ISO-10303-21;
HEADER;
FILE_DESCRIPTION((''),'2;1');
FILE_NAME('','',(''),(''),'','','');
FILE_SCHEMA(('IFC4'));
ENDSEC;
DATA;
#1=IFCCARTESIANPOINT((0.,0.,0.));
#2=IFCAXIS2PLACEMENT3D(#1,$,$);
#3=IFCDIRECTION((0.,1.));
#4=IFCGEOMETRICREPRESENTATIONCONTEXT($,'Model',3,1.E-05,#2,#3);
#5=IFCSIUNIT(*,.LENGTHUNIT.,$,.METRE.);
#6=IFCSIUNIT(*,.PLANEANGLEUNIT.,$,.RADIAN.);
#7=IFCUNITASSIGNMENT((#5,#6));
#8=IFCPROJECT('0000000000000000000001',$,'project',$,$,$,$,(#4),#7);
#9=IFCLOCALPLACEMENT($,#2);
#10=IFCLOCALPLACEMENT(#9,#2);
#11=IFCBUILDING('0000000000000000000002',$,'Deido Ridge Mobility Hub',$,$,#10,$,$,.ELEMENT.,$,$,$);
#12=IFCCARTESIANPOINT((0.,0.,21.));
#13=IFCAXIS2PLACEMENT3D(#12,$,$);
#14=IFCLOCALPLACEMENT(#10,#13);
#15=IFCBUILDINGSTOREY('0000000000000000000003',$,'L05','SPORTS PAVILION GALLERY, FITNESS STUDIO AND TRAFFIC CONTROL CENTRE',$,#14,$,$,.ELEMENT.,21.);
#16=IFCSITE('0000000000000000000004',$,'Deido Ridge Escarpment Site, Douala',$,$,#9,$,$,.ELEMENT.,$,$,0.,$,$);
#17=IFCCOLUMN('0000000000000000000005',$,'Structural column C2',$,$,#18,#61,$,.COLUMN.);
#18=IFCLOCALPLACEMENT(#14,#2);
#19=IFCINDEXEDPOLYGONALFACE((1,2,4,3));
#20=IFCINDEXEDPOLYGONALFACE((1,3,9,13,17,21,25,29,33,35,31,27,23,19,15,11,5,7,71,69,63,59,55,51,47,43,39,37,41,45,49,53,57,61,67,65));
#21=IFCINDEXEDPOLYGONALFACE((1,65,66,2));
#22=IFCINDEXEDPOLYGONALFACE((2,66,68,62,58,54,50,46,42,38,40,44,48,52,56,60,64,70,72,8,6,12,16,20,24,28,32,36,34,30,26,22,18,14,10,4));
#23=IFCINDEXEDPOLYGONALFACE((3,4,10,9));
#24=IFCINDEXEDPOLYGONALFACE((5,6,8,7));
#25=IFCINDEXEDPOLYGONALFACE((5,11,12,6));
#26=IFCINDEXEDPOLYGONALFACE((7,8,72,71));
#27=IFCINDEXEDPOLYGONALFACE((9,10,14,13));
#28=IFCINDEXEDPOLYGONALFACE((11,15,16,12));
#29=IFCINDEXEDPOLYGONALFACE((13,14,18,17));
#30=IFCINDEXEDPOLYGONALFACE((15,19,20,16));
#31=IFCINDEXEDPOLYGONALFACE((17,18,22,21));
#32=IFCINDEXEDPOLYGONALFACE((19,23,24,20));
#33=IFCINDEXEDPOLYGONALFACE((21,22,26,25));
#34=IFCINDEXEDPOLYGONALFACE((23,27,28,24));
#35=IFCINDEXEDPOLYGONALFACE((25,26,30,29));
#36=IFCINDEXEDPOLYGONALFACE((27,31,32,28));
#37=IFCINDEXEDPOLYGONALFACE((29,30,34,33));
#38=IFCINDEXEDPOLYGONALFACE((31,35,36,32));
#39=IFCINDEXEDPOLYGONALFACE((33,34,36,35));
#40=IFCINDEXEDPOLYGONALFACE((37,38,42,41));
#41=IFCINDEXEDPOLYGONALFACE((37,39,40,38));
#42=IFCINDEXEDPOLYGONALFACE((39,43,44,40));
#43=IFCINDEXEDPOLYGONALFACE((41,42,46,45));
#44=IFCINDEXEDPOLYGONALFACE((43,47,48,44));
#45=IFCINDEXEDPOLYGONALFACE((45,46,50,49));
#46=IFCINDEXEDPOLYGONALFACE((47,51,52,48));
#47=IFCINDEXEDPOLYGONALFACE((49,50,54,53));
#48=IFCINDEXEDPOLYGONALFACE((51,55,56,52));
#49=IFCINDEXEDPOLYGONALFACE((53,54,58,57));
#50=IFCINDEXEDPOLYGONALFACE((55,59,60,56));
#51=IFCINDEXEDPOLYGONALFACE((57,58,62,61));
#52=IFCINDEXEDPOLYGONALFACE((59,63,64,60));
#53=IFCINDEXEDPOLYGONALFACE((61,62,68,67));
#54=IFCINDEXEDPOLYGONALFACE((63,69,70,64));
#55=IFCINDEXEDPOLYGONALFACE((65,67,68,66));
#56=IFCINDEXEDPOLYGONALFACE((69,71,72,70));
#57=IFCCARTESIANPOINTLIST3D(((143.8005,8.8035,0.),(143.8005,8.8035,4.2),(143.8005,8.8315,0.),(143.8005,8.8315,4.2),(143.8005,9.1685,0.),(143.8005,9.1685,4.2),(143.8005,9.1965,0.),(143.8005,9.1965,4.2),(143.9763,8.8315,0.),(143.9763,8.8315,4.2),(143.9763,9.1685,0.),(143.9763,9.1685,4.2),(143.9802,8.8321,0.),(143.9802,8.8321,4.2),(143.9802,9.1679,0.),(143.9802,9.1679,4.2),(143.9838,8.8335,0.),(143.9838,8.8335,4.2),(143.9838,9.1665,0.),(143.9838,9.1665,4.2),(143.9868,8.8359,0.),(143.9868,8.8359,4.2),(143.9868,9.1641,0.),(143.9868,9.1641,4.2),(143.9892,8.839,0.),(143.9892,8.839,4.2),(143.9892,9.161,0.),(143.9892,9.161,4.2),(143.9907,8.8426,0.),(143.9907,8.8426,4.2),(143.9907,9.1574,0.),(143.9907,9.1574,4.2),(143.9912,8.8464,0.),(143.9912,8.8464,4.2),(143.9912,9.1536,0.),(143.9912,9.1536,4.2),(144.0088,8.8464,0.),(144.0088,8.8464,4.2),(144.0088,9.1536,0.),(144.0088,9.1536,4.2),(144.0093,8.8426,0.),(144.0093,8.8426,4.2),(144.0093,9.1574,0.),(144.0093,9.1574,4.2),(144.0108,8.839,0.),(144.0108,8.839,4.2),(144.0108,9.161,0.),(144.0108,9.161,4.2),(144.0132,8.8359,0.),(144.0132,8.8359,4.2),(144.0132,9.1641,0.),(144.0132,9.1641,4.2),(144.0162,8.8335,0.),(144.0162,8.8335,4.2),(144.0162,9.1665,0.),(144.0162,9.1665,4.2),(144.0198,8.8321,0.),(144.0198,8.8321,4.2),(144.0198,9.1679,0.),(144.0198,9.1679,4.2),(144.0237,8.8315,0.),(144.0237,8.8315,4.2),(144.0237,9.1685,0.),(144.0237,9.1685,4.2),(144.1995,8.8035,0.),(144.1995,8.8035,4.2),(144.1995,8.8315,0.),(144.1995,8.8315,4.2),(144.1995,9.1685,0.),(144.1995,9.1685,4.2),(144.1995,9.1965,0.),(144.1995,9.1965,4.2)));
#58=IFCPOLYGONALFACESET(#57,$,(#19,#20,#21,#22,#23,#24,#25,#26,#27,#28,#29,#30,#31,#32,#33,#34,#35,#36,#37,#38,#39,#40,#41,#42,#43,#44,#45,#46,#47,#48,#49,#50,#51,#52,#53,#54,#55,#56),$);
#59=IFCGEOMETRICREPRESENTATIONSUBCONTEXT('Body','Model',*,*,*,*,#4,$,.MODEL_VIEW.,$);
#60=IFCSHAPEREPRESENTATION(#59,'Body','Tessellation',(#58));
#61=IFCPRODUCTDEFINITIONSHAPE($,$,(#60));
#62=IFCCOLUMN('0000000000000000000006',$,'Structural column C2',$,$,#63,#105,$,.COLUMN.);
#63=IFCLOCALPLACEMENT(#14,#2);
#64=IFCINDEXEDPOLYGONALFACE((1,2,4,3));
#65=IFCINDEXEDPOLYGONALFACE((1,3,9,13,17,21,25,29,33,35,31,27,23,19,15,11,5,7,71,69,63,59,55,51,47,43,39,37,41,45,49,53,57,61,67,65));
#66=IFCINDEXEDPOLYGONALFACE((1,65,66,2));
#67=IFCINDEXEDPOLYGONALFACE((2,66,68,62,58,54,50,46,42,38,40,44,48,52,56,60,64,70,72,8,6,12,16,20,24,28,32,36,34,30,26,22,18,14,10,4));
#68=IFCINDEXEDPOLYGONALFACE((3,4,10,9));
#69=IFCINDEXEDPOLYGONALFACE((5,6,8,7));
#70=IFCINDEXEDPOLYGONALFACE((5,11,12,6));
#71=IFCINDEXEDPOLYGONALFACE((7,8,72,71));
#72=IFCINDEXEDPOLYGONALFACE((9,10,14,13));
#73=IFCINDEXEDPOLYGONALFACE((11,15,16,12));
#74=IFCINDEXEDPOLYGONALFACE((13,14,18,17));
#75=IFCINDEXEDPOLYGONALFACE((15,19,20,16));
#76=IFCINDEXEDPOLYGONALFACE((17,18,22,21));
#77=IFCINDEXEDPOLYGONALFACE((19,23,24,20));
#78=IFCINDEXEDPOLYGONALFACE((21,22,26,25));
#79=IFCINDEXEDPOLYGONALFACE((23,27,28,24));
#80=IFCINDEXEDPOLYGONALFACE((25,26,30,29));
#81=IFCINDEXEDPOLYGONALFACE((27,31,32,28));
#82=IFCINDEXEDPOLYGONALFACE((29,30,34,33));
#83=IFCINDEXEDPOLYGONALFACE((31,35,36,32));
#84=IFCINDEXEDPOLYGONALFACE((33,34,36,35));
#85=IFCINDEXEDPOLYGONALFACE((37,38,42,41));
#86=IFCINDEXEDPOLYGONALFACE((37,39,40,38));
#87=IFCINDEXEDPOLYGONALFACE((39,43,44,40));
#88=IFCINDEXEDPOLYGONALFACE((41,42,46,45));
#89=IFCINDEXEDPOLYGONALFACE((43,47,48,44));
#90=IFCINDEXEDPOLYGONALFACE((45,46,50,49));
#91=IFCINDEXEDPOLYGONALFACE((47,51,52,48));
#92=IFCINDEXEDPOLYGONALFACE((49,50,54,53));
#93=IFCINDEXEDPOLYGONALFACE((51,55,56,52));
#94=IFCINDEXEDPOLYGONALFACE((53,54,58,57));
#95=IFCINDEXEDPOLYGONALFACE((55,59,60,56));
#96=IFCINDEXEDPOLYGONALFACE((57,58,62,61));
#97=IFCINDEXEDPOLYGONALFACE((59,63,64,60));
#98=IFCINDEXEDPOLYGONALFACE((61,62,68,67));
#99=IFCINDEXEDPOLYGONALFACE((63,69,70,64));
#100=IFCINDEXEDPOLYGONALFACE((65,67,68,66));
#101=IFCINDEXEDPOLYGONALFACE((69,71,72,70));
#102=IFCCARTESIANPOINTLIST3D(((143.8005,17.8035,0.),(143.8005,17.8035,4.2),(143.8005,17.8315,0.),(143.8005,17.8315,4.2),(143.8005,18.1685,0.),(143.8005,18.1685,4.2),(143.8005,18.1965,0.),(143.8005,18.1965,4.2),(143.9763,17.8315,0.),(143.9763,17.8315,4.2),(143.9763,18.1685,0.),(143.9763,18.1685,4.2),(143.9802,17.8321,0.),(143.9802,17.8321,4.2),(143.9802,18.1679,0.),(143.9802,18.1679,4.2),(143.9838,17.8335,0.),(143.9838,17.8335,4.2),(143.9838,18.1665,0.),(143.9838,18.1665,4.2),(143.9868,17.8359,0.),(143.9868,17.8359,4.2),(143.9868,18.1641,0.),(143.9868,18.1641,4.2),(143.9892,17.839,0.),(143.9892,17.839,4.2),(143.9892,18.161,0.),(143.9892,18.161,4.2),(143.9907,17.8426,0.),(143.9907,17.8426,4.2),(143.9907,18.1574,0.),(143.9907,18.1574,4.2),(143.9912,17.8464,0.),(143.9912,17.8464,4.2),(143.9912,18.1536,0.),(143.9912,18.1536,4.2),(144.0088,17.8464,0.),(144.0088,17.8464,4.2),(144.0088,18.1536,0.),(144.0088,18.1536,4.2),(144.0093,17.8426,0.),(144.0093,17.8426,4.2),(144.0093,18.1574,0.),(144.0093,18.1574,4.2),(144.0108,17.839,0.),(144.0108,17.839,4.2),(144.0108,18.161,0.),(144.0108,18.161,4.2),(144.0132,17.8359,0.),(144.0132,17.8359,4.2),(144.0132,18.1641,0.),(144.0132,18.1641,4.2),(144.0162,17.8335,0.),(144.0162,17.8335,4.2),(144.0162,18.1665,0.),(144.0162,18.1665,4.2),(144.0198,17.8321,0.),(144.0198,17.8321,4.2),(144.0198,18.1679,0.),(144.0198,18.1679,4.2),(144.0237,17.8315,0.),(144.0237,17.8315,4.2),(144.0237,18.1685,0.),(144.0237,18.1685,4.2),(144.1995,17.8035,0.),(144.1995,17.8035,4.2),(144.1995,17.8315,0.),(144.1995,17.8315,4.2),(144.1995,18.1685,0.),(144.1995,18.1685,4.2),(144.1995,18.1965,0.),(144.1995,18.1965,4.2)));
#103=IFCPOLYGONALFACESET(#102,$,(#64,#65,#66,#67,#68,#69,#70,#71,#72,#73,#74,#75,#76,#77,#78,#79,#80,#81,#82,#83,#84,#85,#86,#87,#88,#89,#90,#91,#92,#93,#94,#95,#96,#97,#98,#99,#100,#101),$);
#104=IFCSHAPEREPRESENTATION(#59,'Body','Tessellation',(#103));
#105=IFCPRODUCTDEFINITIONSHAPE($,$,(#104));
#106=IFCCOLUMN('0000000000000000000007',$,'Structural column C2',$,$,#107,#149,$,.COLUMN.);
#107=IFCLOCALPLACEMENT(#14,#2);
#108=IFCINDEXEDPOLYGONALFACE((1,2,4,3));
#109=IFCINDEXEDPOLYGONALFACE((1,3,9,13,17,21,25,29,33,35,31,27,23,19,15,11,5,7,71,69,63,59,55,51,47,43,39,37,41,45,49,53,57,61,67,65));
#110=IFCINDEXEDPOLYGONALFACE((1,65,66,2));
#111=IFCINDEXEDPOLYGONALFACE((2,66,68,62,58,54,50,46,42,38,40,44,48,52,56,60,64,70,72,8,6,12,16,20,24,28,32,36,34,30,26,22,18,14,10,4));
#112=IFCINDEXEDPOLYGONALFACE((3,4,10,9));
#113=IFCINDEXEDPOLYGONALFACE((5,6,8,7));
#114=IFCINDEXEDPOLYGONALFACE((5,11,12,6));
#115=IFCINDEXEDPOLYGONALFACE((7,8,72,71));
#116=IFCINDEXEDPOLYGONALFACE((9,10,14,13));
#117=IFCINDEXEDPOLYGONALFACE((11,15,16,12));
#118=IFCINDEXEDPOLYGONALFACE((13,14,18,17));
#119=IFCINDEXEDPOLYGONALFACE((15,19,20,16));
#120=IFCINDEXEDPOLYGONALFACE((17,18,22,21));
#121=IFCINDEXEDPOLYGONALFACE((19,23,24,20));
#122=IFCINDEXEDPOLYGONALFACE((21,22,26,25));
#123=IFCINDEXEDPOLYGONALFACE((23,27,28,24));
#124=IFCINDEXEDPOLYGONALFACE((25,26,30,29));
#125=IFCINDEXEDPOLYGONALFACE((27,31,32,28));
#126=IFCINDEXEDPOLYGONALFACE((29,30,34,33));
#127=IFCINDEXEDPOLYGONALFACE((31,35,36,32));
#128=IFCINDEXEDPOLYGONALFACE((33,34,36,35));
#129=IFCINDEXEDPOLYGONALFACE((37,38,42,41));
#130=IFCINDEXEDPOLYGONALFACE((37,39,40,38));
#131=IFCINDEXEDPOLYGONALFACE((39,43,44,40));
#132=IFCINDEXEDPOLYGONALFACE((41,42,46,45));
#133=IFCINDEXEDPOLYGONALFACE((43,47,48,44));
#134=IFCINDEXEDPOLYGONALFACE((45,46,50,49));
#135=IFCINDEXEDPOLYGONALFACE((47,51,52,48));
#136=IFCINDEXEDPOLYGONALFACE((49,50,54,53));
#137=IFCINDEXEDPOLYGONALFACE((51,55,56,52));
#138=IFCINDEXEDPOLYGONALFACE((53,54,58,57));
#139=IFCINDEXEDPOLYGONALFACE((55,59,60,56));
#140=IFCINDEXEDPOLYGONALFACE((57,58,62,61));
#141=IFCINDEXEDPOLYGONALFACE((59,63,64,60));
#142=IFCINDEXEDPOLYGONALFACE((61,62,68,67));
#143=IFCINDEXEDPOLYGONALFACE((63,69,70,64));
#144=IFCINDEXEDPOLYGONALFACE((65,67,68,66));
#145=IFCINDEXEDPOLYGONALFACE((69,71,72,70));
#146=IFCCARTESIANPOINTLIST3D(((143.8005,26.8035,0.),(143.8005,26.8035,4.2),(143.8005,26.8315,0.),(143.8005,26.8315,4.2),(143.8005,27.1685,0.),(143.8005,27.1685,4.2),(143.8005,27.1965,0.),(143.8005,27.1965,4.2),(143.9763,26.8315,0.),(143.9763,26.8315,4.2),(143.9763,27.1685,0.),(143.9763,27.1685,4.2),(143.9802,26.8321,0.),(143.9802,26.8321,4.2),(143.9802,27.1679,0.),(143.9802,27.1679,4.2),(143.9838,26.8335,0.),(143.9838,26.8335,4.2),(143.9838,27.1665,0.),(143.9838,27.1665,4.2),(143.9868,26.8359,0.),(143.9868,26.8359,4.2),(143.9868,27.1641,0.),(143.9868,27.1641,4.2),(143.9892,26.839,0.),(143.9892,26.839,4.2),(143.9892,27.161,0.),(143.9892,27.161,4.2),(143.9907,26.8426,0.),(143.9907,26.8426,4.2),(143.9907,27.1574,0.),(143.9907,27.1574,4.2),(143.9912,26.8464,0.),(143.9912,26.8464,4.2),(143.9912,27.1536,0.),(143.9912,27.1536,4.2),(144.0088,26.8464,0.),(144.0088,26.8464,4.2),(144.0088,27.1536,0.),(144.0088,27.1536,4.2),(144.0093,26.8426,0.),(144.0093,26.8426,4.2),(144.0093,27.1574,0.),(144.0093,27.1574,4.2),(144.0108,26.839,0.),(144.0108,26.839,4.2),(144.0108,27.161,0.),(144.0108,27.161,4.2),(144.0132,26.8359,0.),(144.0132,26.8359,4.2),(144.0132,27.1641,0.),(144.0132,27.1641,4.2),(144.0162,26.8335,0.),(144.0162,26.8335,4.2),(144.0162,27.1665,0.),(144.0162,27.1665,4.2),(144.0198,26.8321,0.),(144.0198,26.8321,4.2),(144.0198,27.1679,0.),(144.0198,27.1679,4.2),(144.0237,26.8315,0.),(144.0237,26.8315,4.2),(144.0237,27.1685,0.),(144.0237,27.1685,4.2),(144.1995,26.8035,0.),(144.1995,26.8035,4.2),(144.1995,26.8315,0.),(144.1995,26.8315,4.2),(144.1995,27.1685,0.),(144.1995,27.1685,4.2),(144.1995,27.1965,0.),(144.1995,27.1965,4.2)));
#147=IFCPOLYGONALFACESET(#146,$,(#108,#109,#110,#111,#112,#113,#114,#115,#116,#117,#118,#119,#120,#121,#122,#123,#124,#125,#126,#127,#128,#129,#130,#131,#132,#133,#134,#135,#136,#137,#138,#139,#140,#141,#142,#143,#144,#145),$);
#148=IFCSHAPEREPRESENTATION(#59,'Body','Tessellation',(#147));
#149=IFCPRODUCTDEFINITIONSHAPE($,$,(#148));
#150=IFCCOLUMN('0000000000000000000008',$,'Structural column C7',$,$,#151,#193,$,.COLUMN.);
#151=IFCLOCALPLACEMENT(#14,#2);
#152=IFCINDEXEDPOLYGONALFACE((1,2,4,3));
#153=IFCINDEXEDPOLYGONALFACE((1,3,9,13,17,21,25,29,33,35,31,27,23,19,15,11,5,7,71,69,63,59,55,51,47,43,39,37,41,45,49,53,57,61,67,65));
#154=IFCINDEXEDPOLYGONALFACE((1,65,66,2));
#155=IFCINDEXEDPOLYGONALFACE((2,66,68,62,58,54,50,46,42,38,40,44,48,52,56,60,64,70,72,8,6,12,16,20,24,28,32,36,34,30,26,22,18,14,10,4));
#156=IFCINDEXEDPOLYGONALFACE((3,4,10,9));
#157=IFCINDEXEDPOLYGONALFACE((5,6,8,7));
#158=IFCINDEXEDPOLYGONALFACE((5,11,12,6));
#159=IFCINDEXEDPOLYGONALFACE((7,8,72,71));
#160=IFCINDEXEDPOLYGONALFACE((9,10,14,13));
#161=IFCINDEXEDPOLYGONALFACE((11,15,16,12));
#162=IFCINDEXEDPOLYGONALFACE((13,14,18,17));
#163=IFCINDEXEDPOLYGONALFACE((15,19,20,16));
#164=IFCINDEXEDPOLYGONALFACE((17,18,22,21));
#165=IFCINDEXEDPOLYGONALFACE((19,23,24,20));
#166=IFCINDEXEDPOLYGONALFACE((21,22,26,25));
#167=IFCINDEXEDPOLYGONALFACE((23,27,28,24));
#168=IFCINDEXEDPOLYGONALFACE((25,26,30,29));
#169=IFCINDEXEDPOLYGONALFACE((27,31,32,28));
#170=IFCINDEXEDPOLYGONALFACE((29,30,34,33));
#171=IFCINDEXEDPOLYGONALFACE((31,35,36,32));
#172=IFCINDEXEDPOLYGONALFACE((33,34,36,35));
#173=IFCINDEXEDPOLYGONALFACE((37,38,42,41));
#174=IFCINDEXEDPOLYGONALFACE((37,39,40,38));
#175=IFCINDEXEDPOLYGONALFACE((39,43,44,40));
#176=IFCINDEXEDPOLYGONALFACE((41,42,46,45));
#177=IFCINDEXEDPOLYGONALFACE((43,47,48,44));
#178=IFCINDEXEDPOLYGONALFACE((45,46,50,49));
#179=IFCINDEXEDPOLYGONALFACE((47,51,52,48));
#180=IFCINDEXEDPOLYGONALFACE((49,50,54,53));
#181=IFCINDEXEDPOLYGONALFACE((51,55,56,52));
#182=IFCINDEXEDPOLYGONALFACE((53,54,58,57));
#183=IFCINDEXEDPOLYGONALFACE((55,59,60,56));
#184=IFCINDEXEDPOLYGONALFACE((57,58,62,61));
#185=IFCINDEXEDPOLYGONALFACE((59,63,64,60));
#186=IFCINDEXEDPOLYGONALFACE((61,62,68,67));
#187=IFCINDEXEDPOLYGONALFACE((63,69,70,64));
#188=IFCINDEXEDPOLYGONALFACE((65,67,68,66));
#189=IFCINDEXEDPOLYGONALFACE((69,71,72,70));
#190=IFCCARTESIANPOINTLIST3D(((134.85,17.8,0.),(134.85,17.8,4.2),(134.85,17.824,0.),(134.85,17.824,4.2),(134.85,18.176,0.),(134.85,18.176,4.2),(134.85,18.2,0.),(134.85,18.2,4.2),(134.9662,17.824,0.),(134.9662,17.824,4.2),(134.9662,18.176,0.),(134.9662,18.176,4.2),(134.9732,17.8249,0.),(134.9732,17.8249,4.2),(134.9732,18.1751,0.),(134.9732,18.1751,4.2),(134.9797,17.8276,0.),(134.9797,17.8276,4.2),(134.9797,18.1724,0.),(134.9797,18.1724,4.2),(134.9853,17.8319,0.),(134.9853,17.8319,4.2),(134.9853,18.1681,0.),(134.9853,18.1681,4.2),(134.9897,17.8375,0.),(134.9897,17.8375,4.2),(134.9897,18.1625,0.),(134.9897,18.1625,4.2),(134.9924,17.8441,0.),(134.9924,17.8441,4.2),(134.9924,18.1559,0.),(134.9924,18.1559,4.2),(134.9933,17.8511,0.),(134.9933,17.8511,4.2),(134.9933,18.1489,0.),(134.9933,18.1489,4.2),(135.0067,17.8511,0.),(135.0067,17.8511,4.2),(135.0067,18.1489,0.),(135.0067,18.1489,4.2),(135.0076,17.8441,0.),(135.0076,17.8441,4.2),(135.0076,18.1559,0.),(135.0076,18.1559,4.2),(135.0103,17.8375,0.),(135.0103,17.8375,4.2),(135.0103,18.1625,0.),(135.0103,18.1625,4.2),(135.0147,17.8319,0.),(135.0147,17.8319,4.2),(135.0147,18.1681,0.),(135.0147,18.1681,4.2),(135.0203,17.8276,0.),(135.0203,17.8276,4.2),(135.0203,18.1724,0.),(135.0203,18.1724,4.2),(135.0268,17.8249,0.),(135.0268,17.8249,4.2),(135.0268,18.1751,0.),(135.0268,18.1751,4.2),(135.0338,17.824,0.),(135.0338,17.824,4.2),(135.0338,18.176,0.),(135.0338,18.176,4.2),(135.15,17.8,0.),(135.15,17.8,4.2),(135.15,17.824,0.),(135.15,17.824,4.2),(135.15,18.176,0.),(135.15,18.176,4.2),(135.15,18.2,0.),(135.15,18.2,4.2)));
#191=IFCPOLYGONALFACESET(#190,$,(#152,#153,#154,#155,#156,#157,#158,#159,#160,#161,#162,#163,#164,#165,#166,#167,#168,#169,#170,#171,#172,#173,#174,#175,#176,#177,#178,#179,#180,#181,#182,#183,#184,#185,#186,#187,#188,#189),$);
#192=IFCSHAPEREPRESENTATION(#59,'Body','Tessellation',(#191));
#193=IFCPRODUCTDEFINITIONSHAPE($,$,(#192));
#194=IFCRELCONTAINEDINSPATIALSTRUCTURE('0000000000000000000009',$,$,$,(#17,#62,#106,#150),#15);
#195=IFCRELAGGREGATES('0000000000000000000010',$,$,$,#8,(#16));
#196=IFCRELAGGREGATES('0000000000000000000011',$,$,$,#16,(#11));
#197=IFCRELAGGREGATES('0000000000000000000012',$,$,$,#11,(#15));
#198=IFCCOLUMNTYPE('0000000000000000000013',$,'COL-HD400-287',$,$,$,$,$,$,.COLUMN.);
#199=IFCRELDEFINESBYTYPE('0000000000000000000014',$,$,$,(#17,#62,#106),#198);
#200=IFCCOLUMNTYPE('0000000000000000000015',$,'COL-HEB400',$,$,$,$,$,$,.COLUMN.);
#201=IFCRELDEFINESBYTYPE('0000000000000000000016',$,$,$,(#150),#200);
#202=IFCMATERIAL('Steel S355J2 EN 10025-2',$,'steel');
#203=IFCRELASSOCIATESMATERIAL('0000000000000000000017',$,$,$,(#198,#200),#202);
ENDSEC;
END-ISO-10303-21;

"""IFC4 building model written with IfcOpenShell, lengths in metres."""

from ifc_helpers import new_model, si_unit, direction, frame, origin, origin_2d, place, context, subcontext, project, spatial, i_section, extrude, material, material_profile, profile_set, type_object, element, save


model = new_model("IFC4")

# Units and contexts
model_context = context("Model", 3, precision=1e-05, world=origin(), true_north=direction((0.0, 1.0)))
body_context = subcontext(model_context, "Body", "Model", "MODEL_VIEW")
ifc_project = project(units=[si_unit("LENGTHUNIT", "METRE"), si_unit("PLANEANGLEUNIT", "RADIAN")], contexts=[model_context])

# Site, building, storey
site_placement = place(None, origin())
site = spatial("IfcSite", under=ifc_project, at=site_placement, Name="Deido Ridge Escarpment Site, Douala", CompositionType="ELEMENT", RefElevation=0.0)
building_placement = place(site_placement, origin())
building = spatial("IfcBuilding", under=site, at=building_placement, Name="Deido Ridge Mobility Hub", CompositionType="ELEMENT")
storey_placement = place(building_placement, frame((0.0, 0.0, 21.0)))
storey = spatial("IfcBuildingStorey", under=building, at=storey_placement, Name="L05", Description="SPORTS PAVILION GALLERY, FITNESS STUDIO AND TRAFFIC CONTROL CENTRE", CompositionType="ELEMENT", Elevation=21.0)

# Columns
ifc_material_1 = material(Name="Steel S355J2 EN 10025-2", Category="steel")
ifc_material_profile_1 = material_profile(ifc_material_1, i_section(OverallWidth=0.3989, OverallDepth=0.3931, WebThickness=0.0176, FlangeThickness=0.0281, FilletRadius=0.0149, at=origin_2d()), Name="HD 400x287")
ifc_profile_set_1 = profile_set([ifc_material_profile_1], Name="Steel S355J2 EN 10025-2")
column_type_1 = type_object("IfcColumnType", Name="COL-HD400-287", PredefinedType="COLUMN", material=ifc_profile_set_1)
for number, where, z_axis, x_axis, name in (
    (1, (144.0, 9.0, 0.0), (0.0, 0.0, 1.0), (1.0, 0.0, 0.0), "Structural column C2"),
    (2, (144.0, 18.0, 0.0), (0.0, 0.0, 1.0), (1.0, 0.0, 0.0), "Structural column C2"),
    (3, (144.0, 27.0, 0.0), (0.0, 0.0, 1.0), (1.0, 0.0, 0.0), "Structural column C2"),
):
    element("IfcColumn", number, at=place(storey_placement, frame(where, z_axis=z_axis, x_axis=x_axis)), inside=storey, type_object=column_type_1, Name=name, PredefinedType="COLUMN", context=body_context, shape_type="SweptSolid", body=[
        extrude(i_section(OverallWidth=0.3989, OverallDepth=0.3931, WebThickness=0.0176, FlangeThickness=0.0281, FilletRadius=0.0149, at=origin_2d()), origin(), (0.0, 0.0, 1.0), 4.2),
    ])
ifc_material_profile_2 = material_profile(ifc_material_1, i_section(OverallWidth=0.3, OverallDepth=0.3999, WebThickness=0.0134, FlangeThickness=0.0239, FilletRadius=0.0271, at=origin_2d()), Name="HEB 400")
ifc_profile_set_2 = profile_set([ifc_material_profile_2], Name="Steel S355J2 EN 10025-2")
column_type_2 = type_object("IfcColumnType", Name="COL-HEB400", PredefinedType="COLUMN", material=ifc_profile_set_2)
for number, where, z_axis, x_axis, name in (
    (4, (135.0, 18.0, 0.0), (0.0, 0.0, 1.0), (1.0, 0.0, 0.0), "Structural column C7"),
):
    element("IfcColumn", number, at=place(storey_placement, frame(where, z_axis=z_axis, x_axis=x_axis)), inside=storey, type_object=column_type_2, Name=name, PredefinedType="COLUMN", context=body_context, shape_type="SweptSolid", body=[
        extrude(i_section(OverallWidth=0.3, OverallDepth=0.3999, WebThickness=0.0134, FlangeThickness=0.0239, FilletRadius=0.0271, at=origin_2d()), origin(), (0.0, 0.0, 1.0), 4.2),
    ])

save(model, "model.ifc")
